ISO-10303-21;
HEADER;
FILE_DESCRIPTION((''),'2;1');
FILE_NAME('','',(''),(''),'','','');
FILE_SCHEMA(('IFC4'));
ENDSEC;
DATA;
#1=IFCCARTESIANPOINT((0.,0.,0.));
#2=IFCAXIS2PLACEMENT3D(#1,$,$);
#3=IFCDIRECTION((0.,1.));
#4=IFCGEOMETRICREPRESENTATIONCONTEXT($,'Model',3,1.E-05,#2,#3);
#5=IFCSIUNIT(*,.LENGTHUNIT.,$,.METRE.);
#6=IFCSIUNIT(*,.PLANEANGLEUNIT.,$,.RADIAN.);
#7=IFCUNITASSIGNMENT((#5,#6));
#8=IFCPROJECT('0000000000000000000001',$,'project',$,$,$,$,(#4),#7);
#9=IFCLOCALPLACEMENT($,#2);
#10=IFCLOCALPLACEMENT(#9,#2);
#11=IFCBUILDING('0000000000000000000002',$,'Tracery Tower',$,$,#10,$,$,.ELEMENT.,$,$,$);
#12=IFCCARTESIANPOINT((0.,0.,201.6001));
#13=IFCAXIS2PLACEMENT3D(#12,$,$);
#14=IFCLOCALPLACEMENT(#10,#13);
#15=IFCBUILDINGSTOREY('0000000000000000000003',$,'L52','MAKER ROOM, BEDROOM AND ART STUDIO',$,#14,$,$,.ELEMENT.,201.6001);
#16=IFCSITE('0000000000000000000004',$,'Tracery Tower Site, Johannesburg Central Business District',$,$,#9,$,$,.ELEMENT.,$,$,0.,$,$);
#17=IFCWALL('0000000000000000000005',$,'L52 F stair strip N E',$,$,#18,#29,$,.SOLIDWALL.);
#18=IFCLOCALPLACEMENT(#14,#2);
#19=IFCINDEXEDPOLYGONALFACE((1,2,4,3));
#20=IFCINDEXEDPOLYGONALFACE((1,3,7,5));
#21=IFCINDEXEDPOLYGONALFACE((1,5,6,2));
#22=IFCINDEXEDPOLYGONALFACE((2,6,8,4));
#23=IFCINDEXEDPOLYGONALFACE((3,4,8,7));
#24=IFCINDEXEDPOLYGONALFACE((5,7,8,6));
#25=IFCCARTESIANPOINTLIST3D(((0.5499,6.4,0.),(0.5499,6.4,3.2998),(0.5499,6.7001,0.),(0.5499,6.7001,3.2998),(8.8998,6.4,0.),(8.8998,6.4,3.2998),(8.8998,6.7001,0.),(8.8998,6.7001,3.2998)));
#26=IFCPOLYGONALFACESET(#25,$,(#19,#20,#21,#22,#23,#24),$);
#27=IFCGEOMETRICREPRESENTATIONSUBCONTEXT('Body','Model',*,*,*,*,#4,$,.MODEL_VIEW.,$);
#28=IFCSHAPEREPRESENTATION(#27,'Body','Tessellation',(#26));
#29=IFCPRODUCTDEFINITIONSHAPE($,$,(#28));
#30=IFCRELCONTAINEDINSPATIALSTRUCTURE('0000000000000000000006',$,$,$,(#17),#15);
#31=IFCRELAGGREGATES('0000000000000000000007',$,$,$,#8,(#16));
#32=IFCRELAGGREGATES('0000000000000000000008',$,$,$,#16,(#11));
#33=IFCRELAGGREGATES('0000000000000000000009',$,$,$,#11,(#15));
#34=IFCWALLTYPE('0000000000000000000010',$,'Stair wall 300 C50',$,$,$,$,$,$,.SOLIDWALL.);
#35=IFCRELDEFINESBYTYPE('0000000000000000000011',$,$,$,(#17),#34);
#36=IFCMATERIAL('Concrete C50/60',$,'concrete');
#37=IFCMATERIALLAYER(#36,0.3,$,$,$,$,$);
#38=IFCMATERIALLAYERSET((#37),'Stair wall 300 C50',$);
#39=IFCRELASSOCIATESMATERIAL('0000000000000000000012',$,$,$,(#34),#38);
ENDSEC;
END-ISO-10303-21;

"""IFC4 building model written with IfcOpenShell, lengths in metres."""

from ifc_helpers import new_model, si_unit, direction, frame, frame_2d, origin, place, context, subcontext, project, spatial, rectangle, extrude, material, layer, layer_set, type_object, element, save


model = new_model("IFC4")

# Units and contexts
model_context = context("Model", 3, precision=1e-05, world=origin(), true_north=direction((0.0, 1.0)))
body_context = subcontext(model_context, "Body", "Model", "MODEL_VIEW")
ifc_project = project(units=[si_unit("LENGTHUNIT", "METRE"), si_unit("PLANEANGLEUNIT", "RADIAN")], contexts=[model_context])

# Site, building, storey
site_placement = place(None, origin())
site = spatial("IfcSite", under=ifc_project, at=site_placement, Name="Tracery Tower Site, Johannesburg Central Business District", CompositionType="ELEMENT", RefElevation=0.0)
building_placement = place(site_placement, origin())
building = spatial("IfcBuilding", under=site, at=building_placement, Name="Tracery Tower", CompositionType="ELEMENT")
storey_placement = place(building_placement, frame((0.0, 0.0, 201.6001)))
storey = spatial("IfcBuildingStorey", under=building, at=storey_placement, Name="L52", Description="MAKER ROOM, BEDROOM AND ART STUDIO", CompositionType="ELEMENT", Elevation=201.6001)

# Wall
ifc_material_1 = material(Name="Concrete C50/60", Category="concrete")
ifc_layer_1 = layer(ifc_material_1, 0.3)
ifc_layer_set_1 = layer_set([ifc_layer_1], Name="Stair wall 300 C50")
wall_type_1 = type_object("IfcWallType", Name="Stair wall 300 C50", PredefinedType="SOLIDWALL", material=ifc_layer_set_1)
wall_1_placement = place(storey_placement, frame((0.55, 6.55, 0.0), z_axis=(0.0, 0.0, 1.0), x_axis=(1.0, 0.0, 0.0)))
element("IfcWall", 1, at=wall_1_placement, inside=storey, type_object=wall_type_1, Name="L52 F stair strip N E", PredefinedType="SOLIDWALL", context=body_context, shape_type="SweptSolid", body=[
    extrude(rectangle(XDim=8.3499, YDim=0.3, at=frame_2d((4.1748, 0.0))), origin(), (0.0, 0.0, 1.0), 3.2998),
])

save(model, "model.ifc")
